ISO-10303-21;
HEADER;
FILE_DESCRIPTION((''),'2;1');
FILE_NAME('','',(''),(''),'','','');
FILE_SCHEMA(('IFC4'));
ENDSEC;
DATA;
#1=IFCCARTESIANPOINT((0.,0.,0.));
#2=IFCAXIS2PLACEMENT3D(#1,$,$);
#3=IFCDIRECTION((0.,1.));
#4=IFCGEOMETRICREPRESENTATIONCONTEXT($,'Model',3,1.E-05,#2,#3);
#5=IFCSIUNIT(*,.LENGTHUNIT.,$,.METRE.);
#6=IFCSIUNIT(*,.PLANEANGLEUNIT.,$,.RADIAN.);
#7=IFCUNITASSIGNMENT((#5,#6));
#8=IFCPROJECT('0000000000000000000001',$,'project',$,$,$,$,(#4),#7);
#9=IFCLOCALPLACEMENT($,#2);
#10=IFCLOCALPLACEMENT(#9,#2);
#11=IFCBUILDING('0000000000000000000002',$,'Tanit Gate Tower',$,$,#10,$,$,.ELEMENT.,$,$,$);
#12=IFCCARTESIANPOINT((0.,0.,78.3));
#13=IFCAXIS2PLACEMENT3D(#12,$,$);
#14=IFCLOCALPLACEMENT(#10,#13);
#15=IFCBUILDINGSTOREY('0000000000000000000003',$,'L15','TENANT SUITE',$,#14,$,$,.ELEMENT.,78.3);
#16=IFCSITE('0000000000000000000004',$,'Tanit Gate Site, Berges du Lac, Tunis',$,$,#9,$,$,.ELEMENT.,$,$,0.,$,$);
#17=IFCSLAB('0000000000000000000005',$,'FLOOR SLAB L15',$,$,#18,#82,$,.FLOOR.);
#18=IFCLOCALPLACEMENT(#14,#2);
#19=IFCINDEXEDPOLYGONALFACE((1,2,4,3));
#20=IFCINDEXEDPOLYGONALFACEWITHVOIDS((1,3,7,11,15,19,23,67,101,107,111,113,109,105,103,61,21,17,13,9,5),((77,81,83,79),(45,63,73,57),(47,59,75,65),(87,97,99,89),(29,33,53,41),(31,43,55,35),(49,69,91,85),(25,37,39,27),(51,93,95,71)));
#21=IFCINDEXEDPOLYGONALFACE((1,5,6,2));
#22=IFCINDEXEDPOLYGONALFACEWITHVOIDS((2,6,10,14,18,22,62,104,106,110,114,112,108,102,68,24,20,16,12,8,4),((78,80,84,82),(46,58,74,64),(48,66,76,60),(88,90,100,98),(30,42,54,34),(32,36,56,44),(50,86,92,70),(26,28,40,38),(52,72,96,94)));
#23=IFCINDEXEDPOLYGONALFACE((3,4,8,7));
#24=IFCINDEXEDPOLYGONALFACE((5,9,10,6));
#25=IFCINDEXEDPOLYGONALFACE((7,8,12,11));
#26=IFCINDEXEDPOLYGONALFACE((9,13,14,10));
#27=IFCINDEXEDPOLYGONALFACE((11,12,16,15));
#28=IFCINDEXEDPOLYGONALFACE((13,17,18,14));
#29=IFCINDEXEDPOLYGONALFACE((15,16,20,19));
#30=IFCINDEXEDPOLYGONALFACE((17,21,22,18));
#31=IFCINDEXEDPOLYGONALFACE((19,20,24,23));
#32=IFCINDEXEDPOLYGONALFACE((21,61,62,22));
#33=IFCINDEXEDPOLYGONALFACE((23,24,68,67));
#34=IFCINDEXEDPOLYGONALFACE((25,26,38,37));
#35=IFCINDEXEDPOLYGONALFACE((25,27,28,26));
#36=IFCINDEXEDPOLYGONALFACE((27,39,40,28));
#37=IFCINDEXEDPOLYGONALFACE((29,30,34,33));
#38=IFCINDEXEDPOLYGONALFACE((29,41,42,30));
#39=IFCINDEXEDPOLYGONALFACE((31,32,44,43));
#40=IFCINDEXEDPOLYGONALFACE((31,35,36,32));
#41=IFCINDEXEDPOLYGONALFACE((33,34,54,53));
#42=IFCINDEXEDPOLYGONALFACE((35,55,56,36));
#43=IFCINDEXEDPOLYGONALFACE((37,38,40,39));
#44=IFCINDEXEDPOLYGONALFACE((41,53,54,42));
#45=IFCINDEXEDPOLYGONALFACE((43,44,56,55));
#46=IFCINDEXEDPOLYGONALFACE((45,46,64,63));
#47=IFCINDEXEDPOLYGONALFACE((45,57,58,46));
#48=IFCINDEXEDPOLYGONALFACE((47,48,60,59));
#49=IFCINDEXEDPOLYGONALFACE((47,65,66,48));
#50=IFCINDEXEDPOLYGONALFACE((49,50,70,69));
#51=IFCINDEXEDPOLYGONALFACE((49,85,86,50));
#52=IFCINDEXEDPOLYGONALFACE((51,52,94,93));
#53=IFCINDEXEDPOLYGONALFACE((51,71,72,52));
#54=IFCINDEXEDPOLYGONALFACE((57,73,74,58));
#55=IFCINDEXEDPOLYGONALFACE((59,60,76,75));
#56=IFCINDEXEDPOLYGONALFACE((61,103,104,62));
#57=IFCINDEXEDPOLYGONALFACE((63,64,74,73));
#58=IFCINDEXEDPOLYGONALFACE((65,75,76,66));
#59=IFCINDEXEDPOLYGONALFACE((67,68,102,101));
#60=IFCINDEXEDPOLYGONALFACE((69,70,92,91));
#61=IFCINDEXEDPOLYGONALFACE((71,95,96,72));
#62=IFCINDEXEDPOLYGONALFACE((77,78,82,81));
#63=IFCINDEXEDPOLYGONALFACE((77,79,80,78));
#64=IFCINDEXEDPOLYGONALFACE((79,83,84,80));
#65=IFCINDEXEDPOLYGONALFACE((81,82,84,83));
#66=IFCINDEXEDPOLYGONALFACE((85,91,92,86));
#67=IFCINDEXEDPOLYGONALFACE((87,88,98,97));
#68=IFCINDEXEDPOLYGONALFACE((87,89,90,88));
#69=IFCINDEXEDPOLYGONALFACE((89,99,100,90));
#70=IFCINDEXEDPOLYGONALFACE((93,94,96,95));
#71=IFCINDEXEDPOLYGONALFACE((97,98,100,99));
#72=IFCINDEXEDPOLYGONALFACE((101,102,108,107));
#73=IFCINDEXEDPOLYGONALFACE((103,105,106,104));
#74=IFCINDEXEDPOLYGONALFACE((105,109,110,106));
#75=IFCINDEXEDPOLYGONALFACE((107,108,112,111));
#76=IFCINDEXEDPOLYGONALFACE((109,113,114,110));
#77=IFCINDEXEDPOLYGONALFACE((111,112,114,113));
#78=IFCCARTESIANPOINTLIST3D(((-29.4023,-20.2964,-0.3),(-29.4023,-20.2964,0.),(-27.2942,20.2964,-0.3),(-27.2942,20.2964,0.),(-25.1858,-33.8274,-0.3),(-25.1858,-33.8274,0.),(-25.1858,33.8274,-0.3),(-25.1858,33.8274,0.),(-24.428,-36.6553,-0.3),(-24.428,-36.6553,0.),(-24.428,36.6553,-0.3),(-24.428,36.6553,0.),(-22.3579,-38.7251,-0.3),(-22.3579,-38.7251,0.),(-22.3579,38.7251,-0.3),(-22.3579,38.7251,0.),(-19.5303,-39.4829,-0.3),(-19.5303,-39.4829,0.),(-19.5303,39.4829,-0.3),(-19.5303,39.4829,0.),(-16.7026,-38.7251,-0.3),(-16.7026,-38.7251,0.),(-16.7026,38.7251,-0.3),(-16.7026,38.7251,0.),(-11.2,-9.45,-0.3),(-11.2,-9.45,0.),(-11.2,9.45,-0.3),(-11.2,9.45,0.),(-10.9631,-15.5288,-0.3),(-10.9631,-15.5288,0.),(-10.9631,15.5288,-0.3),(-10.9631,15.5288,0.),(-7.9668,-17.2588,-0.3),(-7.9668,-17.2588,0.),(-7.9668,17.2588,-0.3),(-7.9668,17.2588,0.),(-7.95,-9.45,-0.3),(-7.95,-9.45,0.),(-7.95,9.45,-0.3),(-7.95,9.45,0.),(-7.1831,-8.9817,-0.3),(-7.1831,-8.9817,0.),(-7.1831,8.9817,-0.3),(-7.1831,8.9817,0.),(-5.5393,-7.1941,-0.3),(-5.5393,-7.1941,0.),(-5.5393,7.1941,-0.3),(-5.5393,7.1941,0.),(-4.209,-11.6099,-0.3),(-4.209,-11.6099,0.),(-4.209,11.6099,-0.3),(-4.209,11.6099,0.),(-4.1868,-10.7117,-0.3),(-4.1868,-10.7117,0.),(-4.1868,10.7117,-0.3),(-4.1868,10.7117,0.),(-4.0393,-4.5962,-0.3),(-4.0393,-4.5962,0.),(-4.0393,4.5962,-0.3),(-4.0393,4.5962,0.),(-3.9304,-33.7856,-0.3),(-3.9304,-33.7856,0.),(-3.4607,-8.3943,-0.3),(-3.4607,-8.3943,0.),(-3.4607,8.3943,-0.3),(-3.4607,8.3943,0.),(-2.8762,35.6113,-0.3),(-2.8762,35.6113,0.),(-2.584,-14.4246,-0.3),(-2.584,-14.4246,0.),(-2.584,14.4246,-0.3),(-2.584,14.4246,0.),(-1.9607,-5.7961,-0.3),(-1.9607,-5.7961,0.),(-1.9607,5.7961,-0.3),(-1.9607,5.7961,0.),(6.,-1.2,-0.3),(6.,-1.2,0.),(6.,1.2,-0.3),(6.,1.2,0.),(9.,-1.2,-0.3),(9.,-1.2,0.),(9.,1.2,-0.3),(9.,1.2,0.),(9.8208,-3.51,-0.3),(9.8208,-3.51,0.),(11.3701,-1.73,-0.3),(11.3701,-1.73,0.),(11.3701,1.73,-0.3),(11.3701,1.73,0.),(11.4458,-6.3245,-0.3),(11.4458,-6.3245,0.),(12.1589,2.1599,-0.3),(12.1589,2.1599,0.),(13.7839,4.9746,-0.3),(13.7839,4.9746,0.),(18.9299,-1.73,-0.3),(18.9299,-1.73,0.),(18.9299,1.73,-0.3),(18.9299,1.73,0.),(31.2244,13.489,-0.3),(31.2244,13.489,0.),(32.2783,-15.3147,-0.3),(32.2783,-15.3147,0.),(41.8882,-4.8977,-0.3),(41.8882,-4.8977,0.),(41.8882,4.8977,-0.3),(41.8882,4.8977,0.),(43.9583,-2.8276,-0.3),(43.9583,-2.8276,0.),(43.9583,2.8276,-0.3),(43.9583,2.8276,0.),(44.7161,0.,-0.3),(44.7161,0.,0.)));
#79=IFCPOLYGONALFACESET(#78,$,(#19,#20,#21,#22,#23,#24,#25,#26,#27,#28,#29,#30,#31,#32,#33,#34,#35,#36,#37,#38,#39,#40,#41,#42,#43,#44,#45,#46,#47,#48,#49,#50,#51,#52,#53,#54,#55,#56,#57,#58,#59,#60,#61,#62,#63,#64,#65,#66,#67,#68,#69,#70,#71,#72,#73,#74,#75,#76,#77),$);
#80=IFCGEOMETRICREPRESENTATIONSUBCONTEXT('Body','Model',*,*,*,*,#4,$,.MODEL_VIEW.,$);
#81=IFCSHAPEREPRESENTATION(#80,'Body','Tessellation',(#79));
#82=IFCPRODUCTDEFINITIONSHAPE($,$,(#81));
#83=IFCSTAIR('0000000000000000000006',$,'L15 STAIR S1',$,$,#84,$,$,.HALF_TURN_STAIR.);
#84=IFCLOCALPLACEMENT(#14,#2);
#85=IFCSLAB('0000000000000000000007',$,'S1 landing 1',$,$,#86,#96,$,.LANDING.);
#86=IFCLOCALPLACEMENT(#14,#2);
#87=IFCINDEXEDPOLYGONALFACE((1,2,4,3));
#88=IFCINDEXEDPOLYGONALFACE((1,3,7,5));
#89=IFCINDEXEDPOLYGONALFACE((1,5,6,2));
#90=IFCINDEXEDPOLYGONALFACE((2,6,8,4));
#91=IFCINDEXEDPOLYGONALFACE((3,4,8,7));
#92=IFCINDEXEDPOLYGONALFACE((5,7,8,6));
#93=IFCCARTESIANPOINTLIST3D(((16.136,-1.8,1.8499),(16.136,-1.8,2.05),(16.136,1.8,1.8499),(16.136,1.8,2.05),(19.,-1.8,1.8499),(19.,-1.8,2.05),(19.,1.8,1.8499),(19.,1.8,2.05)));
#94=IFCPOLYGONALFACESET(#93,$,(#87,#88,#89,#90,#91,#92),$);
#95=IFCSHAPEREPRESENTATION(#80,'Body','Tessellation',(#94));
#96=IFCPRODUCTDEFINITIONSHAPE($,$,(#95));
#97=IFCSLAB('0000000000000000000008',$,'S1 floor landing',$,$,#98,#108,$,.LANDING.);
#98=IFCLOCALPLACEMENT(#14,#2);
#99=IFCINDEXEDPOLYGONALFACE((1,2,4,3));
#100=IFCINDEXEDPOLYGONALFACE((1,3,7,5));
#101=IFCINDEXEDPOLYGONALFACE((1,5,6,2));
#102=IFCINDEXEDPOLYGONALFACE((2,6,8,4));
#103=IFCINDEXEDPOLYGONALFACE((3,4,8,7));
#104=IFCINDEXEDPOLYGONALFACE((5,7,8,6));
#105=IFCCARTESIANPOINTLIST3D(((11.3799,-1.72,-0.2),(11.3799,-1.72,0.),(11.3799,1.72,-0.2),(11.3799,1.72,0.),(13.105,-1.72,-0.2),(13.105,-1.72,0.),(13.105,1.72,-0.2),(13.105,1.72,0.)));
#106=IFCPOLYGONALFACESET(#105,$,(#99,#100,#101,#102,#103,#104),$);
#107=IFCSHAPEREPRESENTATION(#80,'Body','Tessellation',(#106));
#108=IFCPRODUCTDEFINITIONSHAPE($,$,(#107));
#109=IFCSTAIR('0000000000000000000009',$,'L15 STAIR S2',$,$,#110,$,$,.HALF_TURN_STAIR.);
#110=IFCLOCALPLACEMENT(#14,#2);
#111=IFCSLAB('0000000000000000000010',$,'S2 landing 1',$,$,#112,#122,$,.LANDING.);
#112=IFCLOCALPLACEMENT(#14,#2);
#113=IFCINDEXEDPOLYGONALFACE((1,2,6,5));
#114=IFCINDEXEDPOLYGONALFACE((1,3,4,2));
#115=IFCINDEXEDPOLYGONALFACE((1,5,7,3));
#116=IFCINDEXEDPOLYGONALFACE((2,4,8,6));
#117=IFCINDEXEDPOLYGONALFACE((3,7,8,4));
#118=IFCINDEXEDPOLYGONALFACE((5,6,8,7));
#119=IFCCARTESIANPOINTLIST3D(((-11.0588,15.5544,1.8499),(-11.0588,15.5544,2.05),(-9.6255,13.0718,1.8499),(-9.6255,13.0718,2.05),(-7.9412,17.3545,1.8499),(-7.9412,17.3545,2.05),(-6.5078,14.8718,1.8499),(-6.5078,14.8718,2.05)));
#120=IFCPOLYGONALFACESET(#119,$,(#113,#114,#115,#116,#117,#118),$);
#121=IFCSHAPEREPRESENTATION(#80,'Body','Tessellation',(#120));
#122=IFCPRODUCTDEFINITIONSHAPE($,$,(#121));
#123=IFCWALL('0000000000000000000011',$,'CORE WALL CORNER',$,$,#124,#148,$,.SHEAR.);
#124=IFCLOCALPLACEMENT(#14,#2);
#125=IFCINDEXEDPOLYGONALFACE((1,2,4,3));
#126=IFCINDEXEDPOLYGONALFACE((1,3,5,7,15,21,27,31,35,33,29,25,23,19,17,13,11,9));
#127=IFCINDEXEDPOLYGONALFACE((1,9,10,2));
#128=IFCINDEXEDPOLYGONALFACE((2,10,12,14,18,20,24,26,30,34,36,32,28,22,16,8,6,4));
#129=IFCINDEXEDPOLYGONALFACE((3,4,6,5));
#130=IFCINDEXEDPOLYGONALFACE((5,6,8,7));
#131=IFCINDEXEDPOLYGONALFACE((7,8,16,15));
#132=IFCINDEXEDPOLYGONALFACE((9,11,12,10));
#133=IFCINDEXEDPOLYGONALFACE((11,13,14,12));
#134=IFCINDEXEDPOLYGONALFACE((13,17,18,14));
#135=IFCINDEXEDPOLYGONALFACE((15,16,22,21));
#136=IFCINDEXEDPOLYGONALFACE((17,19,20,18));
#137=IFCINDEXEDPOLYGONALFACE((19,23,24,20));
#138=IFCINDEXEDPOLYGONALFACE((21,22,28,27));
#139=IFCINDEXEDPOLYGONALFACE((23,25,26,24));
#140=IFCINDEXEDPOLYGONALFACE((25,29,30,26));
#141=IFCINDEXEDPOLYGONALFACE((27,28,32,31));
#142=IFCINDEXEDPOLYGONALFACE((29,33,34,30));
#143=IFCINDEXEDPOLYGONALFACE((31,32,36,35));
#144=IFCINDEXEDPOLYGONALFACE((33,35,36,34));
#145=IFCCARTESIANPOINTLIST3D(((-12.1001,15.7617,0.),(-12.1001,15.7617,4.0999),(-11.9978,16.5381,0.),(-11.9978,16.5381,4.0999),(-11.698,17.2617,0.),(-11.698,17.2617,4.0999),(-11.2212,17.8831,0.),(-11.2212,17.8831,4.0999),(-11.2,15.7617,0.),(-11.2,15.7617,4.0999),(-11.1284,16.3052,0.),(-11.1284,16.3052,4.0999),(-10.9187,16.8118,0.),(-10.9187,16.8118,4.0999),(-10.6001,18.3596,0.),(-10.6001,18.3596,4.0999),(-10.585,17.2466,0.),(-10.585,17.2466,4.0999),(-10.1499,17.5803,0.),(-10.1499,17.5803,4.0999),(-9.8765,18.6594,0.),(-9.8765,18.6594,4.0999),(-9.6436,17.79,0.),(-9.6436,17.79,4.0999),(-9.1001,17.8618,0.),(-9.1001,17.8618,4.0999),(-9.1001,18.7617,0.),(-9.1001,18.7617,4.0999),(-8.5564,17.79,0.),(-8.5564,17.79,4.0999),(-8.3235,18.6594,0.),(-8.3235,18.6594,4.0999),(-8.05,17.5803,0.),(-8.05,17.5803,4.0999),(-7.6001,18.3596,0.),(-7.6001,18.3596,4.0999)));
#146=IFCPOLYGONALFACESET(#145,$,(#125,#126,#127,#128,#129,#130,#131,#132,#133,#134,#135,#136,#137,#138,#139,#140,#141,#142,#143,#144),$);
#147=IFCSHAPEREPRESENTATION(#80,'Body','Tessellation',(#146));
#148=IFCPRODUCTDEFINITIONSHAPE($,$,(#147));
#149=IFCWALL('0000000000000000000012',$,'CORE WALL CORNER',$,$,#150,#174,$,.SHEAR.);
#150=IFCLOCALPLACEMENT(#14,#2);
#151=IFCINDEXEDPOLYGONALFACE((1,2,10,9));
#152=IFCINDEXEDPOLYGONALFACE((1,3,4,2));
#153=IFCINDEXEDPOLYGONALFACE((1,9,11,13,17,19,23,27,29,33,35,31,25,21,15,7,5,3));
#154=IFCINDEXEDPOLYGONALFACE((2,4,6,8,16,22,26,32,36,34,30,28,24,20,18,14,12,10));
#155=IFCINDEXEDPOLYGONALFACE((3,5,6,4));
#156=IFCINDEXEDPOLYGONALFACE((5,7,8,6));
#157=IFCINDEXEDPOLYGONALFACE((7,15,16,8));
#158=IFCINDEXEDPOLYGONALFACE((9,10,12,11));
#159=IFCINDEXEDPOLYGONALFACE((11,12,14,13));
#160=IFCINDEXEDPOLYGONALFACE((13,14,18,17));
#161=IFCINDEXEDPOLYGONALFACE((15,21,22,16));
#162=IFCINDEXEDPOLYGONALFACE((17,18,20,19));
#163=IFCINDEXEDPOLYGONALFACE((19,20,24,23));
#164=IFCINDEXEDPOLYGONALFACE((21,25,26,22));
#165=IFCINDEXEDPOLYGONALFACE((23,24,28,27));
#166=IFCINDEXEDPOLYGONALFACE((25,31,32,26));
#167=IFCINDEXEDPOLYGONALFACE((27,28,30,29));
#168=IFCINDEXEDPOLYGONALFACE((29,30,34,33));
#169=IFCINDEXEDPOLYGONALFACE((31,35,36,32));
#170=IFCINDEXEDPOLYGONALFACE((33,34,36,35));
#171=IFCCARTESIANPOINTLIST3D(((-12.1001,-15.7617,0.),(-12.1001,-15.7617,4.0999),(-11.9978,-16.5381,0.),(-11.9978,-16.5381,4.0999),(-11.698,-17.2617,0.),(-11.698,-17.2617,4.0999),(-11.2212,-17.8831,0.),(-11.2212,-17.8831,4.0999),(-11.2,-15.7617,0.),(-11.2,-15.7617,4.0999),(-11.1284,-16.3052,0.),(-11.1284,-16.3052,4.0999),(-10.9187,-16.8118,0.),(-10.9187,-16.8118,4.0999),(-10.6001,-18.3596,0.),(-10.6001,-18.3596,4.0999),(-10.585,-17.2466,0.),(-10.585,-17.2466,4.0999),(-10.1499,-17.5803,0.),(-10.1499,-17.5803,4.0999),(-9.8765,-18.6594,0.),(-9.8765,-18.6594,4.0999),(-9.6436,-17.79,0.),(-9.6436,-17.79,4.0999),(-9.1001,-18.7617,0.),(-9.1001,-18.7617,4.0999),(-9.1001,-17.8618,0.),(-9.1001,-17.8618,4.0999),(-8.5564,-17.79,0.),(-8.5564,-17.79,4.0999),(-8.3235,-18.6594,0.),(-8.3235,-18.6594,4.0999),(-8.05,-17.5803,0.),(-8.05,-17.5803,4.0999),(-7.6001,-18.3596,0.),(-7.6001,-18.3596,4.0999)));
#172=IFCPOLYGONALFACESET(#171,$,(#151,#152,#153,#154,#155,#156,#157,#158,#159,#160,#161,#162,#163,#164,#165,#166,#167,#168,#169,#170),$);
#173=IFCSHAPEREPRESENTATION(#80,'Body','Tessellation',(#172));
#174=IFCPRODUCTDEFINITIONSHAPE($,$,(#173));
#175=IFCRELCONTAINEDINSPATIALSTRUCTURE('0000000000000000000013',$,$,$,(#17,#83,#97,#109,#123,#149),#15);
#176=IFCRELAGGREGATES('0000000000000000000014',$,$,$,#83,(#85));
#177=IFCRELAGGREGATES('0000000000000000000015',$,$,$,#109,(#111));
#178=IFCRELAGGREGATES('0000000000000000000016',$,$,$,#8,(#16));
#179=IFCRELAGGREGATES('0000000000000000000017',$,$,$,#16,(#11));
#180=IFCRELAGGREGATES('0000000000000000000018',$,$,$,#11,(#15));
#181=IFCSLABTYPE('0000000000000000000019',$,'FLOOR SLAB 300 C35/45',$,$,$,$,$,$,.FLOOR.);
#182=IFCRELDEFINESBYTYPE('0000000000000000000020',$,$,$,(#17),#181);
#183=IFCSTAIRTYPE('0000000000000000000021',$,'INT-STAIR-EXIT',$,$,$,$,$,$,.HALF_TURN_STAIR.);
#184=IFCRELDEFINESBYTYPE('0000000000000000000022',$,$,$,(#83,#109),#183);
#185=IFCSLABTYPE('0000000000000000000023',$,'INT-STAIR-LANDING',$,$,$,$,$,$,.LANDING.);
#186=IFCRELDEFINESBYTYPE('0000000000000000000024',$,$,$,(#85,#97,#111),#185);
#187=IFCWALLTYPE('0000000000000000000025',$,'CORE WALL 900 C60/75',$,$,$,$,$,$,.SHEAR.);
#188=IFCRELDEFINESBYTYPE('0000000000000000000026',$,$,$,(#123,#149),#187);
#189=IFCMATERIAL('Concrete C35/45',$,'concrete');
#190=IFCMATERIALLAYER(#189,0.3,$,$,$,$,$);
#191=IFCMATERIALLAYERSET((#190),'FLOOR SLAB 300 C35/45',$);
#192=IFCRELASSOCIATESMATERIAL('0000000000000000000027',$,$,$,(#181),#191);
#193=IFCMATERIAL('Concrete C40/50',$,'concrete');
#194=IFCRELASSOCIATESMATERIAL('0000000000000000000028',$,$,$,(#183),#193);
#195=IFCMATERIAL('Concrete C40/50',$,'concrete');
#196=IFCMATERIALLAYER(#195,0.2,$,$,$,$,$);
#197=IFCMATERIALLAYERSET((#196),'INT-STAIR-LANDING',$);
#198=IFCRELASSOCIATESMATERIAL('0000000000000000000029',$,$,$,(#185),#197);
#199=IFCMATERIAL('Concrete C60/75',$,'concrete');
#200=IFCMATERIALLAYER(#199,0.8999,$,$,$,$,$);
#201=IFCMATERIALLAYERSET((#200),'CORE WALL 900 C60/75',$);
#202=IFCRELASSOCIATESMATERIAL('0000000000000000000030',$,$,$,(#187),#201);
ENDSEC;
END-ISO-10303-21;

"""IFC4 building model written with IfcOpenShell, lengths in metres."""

from ifc_helpers import new_model, si_unit, direction, frame, origin, place, context, subcontext, project, spatial, polyline, outline, extrude, material, layer, layer_set, type_object, element, aggregate, save


model = new_model("IFC4")

# Units and contexts
model_context = context("Model", 3, precision=1e-05, world=origin(), true_north=direction((0.0, 1.0)))
body_context = subcontext(model_context, "Body", "Model", "MODEL_VIEW")
ifc_project = project(units=[si_unit("LENGTHUNIT", "METRE"), si_unit("PLANEANGLEUNIT", "RADIAN")], contexts=[model_context])

# Site, building, storey
site_placement = place(None, origin())
site = spatial("IfcSite", under=ifc_project, at=site_placement, Name="Tanit Gate Site, Berges du Lac, Tunis", CompositionType="ELEMENT", RefElevation=0.0)
building_placement = place(site_placement, origin())
building = spatial("IfcBuilding", under=site, at=building_placement, Name="Tanit Gate Tower", CompositionType="ELEMENT")
storey_placement = place(building_placement, frame((0.0, 0.0, 78.3)))
storey = spatial("IfcBuildingStorey", under=building, at=storey_placement, Name="L15", Description="TENANT SUITE", CompositionType="ELEMENT", Elevation=78.3)

# Slab
ifc_material_1 = material(Name="Concrete C35/45", Category="concrete")
ifc_layer_1 = layer(ifc_material_1, 0.3)
ifc_layer_set_1 = layer_set([ifc_layer_1], Name="FLOOR SLAB 300 C35/45")
slab_type_1 = type_object("IfcSlabType", Name="FLOOR SLAB 300 C35/45", PredefinedType="FLOOR", material=ifc_layer_set_1)
slab_1_placement = place(storey_placement, frame((0.0, 0.0, -0.3)))
element("IfcSlab", 1, at=slab_1_placement, inside=storey, type_object=slab_type_1, Name="FLOOR SLAB L15", PredefinedType="FLOOR", context=body_context, shape_type="SweptSolid", body=[
    extrude(outline(polyline([(41.8882, 4.8977), (43.9583, 2.8276), (44.7161, 0.0), (43.9583, -2.8276), (41.8882, -4.8977), (32.2783, -15.3147), (-3.9304, -33.7856), (-16.7026, -38.7251), (-19.5303, -39.4829), (-22.3579, -38.7251), (-24.428, -36.6553), (-25.1858, -33.8274), (-29.4023, -20.2964), (-27.2942, 20.2964), (-25.1858, 33.8274), (-24.428, 36.6553), (-22.3579, 38.7251), (-19.5303, 39.4829), (-16.7026, 38.7251), (-2.8762, 35.6113), (31.2244, 13.489), (41.8882, 4.8977)]), holes=[polyline([(11.3701, 1.73), (18.9299, 1.73), (18.9299, -1.73), (11.3701, -1.73), (11.3701, 1.73)]), polyline([(-4.209, 11.6099), (-2.584, 14.4246), (13.7839, 4.9746), (12.1589, 2.1599), (-4.209, 11.6099)]), polyline([(-4.209, -11.6099), (9.8208, -3.51), (11.4458, -6.3245), (-2.584, -14.4246), (-4.209, -11.6099)]), polyline([(9.0, 1.2), (9.0, -1.2), (6.0, -1.2), (6.0, 1.2), (9.0, 1.2)]), polyline([(-5.5393, 7.1941), (-3.4607, 8.3943), (-1.9607, 5.7961), (-4.0393, 4.5962), (-5.5393, 7.1941)]), polyline([(-1.9607, -5.7961), (-3.4607, -8.3943), (-5.5393, -7.1941), (-4.0393, -4.5962), (-1.9607, -5.7961)]), polyline([(-10.9631, 15.5288), (-7.9668, 17.2588), (-4.1868, 10.7117), (-7.1831, 8.9817), (-10.9631, 15.5288)]), polyline([(-4.1868, -10.7117), (-7.9668, -17.2588), (-10.9631, -15.5288), (-7.1831, -8.9817), (-4.1868, -10.7117)]), polyline([(-11.2, -9.45), (-11.2, 9.45), (-7.95, 9.45), (-7.95, -9.45), (-11.2, -9.45)])]), origin(), (0.0, 0.0, 1.0), 0.3),
])

# Stair, slab
ifc_material_2 = material(Name="Concrete C40/50", Category="concrete")
stair_type = type_object("IfcStairType", Name="INT-STAIR-EXIT", PredefinedType="HALF_TURN_STAIR", material=ifc_material_2)
stair_1_placement = place(storey_placement, origin())
stair_1 = element("IfcStair", 2, at=stair_1_placement, inside=storey, type_object=stair_type, Name="L15 STAIR S1", PredefinedType="HALF_TURN_STAIR")
ifc_material_3 = material(Name="Concrete C40/50", Category="concrete")
ifc_layer_2 = layer(ifc_material_3, 0.2)
ifc_layer_set_2 = layer_set([ifc_layer_2], Name="INT-STAIR-LANDING")
slab_type_2 = type_object("IfcSlabType", Name="INT-STAIR-LANDING", PredefinedType="LANDING", material=ifc_layer_set_2)
slab_2_placement = place(storey_placement, frame((0.0, 0.0, 1.8499)))
slab_2 = element("IfcSlab", 3, at=slab_2_placement, type_object=slab_type_2, Name="S1 landing 1", PredefinedType="LANDING", context=body_context, shape_type="SweptSolid", body=[
    extrude(outline(polyline([(16.136, -1.8), (19.0, -1.8), (19.0, 1.8), (16.136, 1.8), (16.136, -1.8)])), origin(), (0.0, 0.0, 1.0), 0.2002),
])
aggregate(stair_1, [slab_2])

# Slab
slab_3_placement = place(storey_placement, frame((0.0, 0.0, -0.2)))
element("IfcSlab", 4, at=slab_3_placement, inside=storey, type_object=slab_type_2, Name="S1 floor landing", PredefinedType="LANDING", context=body_context, shape_type="SweptSolid", body=[
    extrude(outline(polyline([(11.3799, -1.72), (13.105, -1.72), (13.105, 1.72), (11.3799, 1.72), (11.3799, -1.72)])), origin(), (0.0, 0.0, 1.0), 0.2),
])

# Stair, slab
stair_2_placement = place(storey_placement, origin())
stair_2 = element("IfcStair", 5, at=stair_2_placement, inside=storey, type_object=stair_type, Name="L15 STAIR S2", PredefinedType="HALF_TURN_STAIR")
slab_4_placement = place(storey_placement, frame((0.0, 0.0, 1.8499)))
slab_4 = element("IfcSlab", 6, at=slab_4_placement, type_object=slab_type_2, Name="S2 landing 1", PredefinedType="LANDING", context=body_context, shape_type="SweptSolid", body=[
    extrude(outline(polyline([(-6.5078, 14.8718), (-7.9412, 17.3545), (-11.0588, 15.5544), (-9.6255, 13.0718), (-6.5078, 14.8718)])), origin(), (0.0, 0.0, 1.0), 0.2002),
])
aggregate(stair_2, [slab_4])

# Walls
ifc_material_4 = material(Name="Concrete C60/75", Category="concrete")
ifc_layer_3 = layer(ifc_material_4, 0.8999)
ifc_layer_set_3 = layer_set([ifc_layer_3], Name="CORE WALL 900 C60/75")
wall_type_1 = type_object("IfcWallType", Name="CORE WALL 900 C60/75", PredefinedType="SHEAR", material=ifc_layer_set_3)
wall_1_placement = place(storey_placement, origin())
element("IfcWall", 7, at=wall_1_placement, inside=storey, type_object=wall_type_1, Name="CORE WALL CORNER", PredefinedType="SHEAR", context=body_context, shape_type="SweptSolid", body=[
    extrude(outline(polyline([(-7.6001, 18.3596), (-8.3235, 18.6594), (-9.1001, 18.7617), (-9.8765, 18.6594), (-10.6001, 18.3596), (-11.2212, 17.8831), (-11.698, 17.2617), (-11.9978, 16.5381), (-12.1001, 15.7617), (-11.2, 15.7617), (-11.1284, 16.3052), (-10.9187, 16.8118), (-10.585, 17.2466), (-10.1499, 17.5803), (-9.6436, 17.79), (-9.1001, 17.8618), (-8.5564, 17.79), (-8.05, 17.5803), (-7.6001, 18.3596)])), origin(), (0.0, 0.0, 1.0), 4.0999),
])
wall_2_placement = place(storey_placement, origin())
element("IfcWall", 8, at=wall_2_placement, inside=storey, type_object=wall_type_1, Name="CORE WALL CORNER", PredefinedType="SHEAR", context=body_context, shape_type="SweptSolid", body=[
    extrude(outline(polyline([(-12.1001, -15.7617), (-11.9978, -16.5381), (-11.698, -17.2617), (-11.2212, -17.8831), (-10.6001, -18.3596), (-9.8765, -18.6594), (-9.1001, -18.7617), (-8.3235, -18.6594), (-7.6001, -18.3596), (-8.05, -17.5803), (-8.5564, -17.79), (-9.1001, -17.8618), (-9.6436, -17.79), (-10.1499, -17.5803), (-10.585, -17.2466), (-10.9187, -16.8118), (-11.1284, -16.3052), (-11.2, -15.7617), (-12.1001, -15.7617)])), origin(), (0.0, 0.0, 1.0), 4.0999),
])

save(model, "model.ifc")
